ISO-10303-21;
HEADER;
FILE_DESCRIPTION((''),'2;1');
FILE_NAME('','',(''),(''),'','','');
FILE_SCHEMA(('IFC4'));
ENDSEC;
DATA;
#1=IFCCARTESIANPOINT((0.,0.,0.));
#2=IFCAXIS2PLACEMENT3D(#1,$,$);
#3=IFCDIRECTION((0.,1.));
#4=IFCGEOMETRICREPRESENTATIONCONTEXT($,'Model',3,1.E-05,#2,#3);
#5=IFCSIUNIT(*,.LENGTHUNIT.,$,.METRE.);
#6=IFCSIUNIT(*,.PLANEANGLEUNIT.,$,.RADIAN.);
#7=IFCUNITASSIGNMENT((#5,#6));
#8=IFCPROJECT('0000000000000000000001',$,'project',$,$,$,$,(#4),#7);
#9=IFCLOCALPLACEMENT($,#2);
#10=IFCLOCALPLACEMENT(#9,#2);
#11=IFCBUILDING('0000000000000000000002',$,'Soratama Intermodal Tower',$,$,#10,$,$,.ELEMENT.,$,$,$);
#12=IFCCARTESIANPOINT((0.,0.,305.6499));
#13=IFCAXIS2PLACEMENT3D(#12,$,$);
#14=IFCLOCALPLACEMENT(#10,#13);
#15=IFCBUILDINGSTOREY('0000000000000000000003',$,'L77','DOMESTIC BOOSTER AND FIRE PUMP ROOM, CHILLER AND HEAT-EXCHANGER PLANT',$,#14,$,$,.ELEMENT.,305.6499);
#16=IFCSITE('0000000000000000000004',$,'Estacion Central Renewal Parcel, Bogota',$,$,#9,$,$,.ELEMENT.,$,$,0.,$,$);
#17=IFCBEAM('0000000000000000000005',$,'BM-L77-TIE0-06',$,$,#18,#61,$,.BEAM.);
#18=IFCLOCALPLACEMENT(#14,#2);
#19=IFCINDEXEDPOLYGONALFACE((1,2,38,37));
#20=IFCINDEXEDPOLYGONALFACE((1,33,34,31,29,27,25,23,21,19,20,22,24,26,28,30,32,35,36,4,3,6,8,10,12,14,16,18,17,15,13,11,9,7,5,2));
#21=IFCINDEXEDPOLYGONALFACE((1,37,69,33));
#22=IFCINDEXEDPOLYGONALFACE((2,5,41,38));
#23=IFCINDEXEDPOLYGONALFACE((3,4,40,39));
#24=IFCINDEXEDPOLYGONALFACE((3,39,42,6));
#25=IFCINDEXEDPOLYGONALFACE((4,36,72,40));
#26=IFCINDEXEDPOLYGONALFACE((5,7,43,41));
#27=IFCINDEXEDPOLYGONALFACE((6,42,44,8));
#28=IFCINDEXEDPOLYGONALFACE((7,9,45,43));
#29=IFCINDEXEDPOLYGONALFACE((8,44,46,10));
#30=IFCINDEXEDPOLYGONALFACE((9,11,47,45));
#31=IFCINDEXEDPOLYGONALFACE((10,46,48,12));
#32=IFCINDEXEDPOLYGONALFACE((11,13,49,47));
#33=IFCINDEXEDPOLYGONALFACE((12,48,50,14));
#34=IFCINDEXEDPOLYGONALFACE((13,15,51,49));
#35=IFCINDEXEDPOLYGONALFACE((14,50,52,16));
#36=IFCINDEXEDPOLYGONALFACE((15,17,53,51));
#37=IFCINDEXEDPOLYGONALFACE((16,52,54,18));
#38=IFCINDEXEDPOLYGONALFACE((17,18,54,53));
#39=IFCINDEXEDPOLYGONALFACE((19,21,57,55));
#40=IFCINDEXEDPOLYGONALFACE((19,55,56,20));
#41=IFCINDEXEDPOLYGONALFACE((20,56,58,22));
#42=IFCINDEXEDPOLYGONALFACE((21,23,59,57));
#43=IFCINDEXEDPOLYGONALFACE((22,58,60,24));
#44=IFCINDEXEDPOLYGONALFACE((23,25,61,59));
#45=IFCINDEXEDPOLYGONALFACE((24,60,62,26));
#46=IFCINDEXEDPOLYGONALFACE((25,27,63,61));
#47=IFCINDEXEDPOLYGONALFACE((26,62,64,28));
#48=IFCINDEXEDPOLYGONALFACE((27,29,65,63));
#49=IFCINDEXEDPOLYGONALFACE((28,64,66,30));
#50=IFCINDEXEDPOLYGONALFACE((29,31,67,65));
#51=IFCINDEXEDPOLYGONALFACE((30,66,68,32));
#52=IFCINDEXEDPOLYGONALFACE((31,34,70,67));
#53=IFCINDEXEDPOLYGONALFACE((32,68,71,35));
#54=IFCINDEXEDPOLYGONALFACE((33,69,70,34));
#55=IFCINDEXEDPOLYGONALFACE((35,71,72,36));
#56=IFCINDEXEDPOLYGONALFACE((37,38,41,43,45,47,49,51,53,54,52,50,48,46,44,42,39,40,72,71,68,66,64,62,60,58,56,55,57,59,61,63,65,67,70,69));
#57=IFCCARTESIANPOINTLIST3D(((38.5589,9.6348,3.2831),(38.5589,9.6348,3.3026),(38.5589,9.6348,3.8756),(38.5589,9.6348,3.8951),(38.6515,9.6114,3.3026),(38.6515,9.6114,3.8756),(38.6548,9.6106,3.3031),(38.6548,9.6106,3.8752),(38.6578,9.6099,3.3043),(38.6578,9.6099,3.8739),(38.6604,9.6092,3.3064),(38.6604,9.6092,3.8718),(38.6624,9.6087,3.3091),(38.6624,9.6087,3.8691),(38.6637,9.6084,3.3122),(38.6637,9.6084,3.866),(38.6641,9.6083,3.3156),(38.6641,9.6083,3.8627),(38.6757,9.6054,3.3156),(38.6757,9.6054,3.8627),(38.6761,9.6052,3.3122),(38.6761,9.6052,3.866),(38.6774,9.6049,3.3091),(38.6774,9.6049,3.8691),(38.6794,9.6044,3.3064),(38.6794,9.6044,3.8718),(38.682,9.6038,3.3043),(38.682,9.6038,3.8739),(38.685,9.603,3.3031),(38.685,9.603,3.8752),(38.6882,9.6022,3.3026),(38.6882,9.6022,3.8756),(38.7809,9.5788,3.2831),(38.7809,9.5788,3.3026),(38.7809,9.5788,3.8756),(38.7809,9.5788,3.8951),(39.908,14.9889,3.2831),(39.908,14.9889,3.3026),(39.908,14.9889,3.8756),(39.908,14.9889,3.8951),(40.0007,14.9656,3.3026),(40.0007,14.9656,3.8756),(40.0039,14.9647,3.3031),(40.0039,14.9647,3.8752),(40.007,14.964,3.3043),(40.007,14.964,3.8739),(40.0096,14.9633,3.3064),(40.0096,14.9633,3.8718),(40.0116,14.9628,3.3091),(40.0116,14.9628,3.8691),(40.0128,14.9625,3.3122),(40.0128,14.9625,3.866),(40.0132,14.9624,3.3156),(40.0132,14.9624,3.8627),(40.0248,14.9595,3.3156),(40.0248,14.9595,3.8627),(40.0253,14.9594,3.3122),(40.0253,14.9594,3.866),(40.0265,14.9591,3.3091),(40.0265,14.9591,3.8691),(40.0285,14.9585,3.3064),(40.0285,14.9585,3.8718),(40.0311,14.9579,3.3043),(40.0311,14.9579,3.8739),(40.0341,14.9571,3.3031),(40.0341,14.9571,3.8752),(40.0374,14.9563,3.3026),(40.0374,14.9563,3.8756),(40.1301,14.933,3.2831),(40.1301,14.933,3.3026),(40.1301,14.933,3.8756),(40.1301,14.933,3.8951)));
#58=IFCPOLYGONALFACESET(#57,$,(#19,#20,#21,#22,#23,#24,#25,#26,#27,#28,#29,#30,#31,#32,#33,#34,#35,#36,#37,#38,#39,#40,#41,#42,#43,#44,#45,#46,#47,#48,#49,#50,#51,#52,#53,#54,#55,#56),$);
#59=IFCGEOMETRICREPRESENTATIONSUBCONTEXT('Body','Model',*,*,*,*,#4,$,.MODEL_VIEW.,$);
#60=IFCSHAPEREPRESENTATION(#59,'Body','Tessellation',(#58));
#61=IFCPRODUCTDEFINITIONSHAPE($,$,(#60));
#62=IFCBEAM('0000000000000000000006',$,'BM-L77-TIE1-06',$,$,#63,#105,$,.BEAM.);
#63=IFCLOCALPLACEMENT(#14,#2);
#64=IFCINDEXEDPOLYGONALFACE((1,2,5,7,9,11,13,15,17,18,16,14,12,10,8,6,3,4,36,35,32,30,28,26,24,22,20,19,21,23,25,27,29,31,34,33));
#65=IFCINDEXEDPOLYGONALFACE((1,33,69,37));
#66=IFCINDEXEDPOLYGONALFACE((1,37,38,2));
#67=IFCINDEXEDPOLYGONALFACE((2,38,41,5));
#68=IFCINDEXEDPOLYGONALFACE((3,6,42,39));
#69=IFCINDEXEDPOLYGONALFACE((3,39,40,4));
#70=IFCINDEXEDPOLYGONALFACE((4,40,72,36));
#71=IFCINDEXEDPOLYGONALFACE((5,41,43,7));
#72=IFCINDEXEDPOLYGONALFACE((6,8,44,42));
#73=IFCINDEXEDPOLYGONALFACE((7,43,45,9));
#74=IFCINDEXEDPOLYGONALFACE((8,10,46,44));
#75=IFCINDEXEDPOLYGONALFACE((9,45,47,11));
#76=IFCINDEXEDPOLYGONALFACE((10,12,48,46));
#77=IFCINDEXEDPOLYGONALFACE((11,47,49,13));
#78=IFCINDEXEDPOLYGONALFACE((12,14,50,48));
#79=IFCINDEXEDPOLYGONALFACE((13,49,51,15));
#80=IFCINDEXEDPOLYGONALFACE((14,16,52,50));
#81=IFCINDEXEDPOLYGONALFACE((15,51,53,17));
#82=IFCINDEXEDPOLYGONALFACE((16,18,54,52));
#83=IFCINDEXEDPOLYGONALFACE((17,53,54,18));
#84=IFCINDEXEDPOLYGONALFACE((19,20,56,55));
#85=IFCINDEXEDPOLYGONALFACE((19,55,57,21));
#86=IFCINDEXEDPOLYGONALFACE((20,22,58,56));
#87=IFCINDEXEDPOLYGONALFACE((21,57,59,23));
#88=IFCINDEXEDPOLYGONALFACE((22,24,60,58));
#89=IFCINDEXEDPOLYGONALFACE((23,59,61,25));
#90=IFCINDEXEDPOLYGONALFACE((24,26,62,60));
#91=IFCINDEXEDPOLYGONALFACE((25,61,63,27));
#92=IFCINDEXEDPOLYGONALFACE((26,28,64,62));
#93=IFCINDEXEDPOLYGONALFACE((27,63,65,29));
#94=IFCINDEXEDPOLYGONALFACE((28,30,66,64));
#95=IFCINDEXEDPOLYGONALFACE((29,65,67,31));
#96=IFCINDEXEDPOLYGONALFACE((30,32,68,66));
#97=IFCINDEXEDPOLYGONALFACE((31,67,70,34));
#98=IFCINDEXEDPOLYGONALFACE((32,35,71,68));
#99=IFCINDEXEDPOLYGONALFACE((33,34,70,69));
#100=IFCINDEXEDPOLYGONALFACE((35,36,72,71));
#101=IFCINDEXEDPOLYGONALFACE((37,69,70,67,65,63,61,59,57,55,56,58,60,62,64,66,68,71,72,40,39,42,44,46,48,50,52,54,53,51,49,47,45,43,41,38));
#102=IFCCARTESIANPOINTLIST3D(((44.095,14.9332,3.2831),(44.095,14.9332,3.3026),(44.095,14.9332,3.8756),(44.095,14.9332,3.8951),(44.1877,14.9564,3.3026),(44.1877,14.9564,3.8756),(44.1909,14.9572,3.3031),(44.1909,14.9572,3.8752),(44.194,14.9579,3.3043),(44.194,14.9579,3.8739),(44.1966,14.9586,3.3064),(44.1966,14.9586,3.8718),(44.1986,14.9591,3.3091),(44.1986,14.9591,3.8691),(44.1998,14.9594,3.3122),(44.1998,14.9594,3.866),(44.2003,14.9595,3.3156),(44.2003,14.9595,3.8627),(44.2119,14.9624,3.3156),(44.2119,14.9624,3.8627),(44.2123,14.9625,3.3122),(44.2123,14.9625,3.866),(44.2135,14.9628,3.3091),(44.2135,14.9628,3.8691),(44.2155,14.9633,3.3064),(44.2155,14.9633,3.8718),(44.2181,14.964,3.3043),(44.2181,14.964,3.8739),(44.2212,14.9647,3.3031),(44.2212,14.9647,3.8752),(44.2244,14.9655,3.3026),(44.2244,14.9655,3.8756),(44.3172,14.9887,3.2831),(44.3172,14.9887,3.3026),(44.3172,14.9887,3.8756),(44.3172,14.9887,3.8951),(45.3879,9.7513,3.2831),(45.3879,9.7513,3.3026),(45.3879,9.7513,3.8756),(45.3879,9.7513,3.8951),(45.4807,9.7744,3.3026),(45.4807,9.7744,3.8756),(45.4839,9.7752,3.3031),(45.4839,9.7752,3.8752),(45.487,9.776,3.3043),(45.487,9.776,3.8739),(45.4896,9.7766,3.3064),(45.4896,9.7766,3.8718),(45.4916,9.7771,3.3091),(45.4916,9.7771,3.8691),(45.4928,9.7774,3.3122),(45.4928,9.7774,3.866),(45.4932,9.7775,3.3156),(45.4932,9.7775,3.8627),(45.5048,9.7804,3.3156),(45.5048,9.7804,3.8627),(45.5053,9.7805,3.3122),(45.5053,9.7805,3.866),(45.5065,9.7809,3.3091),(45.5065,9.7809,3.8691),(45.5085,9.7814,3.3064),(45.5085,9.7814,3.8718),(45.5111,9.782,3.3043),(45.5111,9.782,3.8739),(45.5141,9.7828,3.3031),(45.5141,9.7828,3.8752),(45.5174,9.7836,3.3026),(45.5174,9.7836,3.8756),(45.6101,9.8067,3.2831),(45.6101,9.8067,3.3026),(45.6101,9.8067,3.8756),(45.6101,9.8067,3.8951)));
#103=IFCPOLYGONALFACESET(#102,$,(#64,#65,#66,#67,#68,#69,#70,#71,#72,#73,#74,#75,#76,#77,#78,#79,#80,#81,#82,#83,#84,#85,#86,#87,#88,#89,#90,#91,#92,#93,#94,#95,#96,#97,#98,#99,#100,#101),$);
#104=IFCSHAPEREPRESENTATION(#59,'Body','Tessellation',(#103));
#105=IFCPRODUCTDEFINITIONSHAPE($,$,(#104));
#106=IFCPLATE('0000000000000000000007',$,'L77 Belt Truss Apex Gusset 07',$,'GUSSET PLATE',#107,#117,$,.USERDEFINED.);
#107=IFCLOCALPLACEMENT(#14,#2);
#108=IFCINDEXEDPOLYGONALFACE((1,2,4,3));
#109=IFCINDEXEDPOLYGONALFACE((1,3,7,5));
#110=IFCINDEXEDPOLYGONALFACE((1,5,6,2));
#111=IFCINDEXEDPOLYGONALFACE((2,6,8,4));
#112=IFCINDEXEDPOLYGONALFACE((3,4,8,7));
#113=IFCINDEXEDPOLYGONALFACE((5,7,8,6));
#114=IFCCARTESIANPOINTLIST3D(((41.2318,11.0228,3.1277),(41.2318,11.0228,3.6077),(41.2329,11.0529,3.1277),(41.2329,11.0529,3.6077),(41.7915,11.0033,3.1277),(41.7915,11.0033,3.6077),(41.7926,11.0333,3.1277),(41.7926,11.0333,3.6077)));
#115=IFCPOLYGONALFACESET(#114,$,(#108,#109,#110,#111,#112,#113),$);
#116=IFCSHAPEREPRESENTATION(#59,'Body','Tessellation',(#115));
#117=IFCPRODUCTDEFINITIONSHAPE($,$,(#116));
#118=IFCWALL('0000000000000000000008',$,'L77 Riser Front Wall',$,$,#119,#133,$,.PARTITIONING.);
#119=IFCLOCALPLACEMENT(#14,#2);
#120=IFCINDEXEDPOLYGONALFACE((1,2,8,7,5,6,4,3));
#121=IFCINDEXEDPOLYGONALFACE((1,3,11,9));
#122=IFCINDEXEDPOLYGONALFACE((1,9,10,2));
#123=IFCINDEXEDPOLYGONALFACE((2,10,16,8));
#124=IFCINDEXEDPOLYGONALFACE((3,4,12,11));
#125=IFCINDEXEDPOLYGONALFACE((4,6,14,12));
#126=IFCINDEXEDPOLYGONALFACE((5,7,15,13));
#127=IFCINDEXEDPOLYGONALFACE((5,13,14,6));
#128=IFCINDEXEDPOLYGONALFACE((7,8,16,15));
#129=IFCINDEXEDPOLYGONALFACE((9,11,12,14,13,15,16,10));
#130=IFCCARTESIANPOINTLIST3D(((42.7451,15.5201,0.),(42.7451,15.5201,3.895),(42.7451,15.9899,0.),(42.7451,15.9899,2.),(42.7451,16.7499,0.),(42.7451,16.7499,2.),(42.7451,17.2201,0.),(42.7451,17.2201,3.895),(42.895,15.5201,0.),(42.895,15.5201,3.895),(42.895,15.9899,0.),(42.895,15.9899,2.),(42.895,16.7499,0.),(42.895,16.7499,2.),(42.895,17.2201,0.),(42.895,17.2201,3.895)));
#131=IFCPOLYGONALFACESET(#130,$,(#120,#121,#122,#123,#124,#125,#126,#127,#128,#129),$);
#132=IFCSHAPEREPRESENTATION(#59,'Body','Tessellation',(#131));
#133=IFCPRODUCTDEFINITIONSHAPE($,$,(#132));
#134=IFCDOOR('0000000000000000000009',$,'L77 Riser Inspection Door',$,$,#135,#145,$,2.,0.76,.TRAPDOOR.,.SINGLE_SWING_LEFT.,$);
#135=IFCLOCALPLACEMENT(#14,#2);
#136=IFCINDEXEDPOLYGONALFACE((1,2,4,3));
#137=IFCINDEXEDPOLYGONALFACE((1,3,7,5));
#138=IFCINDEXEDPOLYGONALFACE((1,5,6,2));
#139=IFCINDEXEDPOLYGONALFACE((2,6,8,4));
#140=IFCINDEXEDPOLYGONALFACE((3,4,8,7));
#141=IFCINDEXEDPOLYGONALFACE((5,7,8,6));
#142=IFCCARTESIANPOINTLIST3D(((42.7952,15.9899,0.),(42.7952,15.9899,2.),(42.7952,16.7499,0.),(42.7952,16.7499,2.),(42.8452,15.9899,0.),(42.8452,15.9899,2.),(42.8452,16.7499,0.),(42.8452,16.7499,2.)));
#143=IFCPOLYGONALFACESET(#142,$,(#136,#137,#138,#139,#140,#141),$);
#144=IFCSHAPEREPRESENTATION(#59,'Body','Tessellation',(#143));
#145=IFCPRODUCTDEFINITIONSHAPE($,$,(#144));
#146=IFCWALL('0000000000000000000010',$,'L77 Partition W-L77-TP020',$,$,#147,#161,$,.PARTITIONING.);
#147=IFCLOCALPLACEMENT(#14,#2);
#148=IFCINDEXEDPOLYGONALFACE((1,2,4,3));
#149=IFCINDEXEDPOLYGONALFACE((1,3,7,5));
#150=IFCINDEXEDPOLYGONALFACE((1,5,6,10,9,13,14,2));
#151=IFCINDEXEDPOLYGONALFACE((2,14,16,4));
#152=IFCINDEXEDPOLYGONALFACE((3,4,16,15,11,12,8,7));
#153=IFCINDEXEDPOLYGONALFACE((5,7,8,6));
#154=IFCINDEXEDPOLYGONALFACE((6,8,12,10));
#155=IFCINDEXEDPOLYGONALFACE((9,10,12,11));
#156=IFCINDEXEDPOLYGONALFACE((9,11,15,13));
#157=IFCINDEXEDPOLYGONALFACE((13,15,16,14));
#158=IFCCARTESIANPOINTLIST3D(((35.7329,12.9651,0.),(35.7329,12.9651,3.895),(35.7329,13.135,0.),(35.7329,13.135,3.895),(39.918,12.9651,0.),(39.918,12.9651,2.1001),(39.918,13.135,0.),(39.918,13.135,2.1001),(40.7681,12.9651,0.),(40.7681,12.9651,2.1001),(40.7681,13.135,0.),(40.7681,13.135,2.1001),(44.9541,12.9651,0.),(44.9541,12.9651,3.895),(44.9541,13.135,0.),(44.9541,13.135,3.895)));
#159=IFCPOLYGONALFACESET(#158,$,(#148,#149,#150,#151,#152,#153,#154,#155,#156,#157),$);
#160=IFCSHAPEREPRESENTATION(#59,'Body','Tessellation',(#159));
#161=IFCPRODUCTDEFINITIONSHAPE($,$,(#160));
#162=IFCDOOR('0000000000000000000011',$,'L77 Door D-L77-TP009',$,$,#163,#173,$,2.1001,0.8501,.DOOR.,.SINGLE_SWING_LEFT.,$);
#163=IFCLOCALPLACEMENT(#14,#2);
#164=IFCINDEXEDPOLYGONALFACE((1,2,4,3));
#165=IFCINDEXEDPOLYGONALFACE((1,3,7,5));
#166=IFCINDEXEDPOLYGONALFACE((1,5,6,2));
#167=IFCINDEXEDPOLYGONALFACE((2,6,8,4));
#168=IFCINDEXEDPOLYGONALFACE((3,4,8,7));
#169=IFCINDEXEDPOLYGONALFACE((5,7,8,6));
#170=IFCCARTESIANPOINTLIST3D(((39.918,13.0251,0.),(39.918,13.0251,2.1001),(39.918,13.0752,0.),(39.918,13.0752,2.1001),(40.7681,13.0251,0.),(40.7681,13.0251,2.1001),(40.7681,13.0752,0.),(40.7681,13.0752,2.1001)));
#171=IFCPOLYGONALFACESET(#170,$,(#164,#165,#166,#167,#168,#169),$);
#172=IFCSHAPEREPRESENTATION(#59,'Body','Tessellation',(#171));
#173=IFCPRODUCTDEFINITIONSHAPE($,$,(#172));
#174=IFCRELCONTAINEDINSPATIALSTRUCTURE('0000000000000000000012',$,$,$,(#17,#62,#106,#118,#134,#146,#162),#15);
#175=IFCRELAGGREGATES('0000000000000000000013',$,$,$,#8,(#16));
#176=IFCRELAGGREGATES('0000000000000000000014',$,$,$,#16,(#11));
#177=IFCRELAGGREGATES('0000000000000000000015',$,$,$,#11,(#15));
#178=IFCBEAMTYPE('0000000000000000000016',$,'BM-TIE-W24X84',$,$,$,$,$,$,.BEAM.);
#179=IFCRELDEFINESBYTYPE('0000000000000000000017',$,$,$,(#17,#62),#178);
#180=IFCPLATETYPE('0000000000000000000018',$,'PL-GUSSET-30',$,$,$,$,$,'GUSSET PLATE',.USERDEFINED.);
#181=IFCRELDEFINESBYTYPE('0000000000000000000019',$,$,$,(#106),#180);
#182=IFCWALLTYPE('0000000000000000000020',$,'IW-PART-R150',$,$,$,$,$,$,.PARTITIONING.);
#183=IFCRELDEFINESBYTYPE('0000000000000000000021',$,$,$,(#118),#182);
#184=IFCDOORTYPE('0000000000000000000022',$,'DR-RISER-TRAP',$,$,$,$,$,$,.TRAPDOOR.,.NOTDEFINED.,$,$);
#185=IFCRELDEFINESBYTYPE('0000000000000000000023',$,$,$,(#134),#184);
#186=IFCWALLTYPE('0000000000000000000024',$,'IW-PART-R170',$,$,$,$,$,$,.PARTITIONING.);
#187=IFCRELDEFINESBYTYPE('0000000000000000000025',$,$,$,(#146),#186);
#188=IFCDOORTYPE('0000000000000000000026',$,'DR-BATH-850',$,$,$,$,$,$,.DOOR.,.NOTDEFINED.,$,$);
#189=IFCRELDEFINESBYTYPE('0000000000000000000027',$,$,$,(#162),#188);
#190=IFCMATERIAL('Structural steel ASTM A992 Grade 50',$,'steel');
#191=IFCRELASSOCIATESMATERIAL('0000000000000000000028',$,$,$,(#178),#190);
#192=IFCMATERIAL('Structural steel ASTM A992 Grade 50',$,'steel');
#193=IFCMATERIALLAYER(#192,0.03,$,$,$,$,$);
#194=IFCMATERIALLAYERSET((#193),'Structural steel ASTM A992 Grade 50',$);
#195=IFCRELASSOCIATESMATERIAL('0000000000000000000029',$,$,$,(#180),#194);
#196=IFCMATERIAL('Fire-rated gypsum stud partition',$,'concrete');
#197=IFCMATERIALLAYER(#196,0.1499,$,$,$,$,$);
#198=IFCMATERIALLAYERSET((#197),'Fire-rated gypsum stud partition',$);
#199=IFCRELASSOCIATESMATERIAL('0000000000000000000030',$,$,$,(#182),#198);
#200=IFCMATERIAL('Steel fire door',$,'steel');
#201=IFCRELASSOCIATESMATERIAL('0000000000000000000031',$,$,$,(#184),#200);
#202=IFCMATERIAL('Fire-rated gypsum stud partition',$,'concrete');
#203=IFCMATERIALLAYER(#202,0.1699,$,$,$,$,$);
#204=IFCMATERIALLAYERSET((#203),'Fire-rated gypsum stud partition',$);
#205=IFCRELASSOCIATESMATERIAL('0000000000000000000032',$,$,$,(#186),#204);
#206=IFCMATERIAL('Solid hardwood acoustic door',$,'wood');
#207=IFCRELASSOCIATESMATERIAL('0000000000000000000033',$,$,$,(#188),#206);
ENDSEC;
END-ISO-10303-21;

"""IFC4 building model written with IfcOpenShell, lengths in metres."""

from ifc_helpers import new_model, si_unit, direction, frame, frame_2d, origin, origin_2d, place, context, subcontext, project, spatial, rectangle, i_section, extrude, material, layer, layer_set, material_profile, profile_set, type_object, element, fill, save


model = new_model("IFC4")

# Units and contexts
model_context = context("Model", 3, precision=1e-05, world=origin(), true_north=direction((0.0, 1.0)))
body_context = subcontext(model_context, "Body", "Model", "MODEL_VIEW")
ifc_project = project(units=[si_unit("LENGTHUNIT", "METRE"), si_unit("PLANEANGLEUNIT", "RADIAN")], contexts=[model_context])

# Site, building, storey
site_placement = place(None, origin())
site = spatial("IfcSite", under=ifc_project, at=site_placement, Name="Estacion Central Renewal Parcel, Bogota", CompositionType="ELEMENT", RefElevation=0.0)
building_placement = place(site_placement, origin())
building = spatial("IfcBuilding", under=site, at=building_placement, Name="Soratama Intermodal Tower", CompositionType="ELEMENT")
storey_placement = place(building_placement, frame((0.0, 0.0, 305.6499)))
storey = spatial("IfcBuildingStorey", under=building, at=storey_placement, Name="L77", Description="DOMESTIC BOOSTER AND FIRE PUMP ROOM, CHILLER AND HEAT-EXCHANGER PLANT", CompositionType="ELEMENT", Elevation=305.6499)

# Beams
ifc_material_1 = material(Name="Structural steel ASTM A992 Grade 50", Category="steel")
ifc_material_profile_1 = material_profile(ifc_material_1, i_section(OverallWidth=0.229, OverallDepth=0.6121, WebThickness=0.012, FlangeThickness=0.0195, FilletRadius=0.0129, at=origin_2d()), Name="W24X84")
ifc_profile_set_1 = profile_set([ifc_material_profile_1], Name="Structural steel ASTM A992 Grade 50")
beam_type_1 = type_object("IfcBeamType", Name="BM-TIE-W24X84", PredefinedType="BEAM", material=ifc_profile_set_1)
beam_1_placement = place(storey_placement, frame((40.019, 14.9609, 3.5891), z_axis=(-0.244346, -0.969688, 0.0), x_axis=(0.969688, -0.244346, 0.0)))
element("IfcBeam", 1, at=beam_1_placement, inside=storey, type_object=beam_type_1, Name="BM-L77-TIE0-06", PredefinedType="BEAM", context=body_context, shape_type="SweptSolid", body=[
    extrude(i_section(OverallWidth=0.229, OverallDepth=0.6121, WebThickness=0.012, FlangeThickness=0.0195, FilletRadius=0.0129, at=origin_2d()), origin(), (0.0, 0.0, 1.0), 5.5215),
])
beam_2_placement = place(storey_placement, frame((44.2061, 14.9609, 3.5891), z_axis=(0.242095, -0.970253, 0.0), x_axis=(0.970253, 0.242095, 0.0)))
element("IfcBeam", 2, at=beam_2_placement, inside=storey, type_object=beam_type_1, Name="BM-L77-TIE1-06", PredefinedType="BEAM", context=body_context, shape_type="SweptSolid", body=[
    extrude(i_section(OverallWidth=0.229, OverallDepth=0.6121, WebThickness=0.012, FlangeThickness=0.0195, FilletRadius=0.0129, at=origin_2d()), origin(), (0.0, 0.0, 1.0), 5.3408),
])

# Plate
ifc_material_2 = material(Name="Structural steel ASTM A992 Grade 50", Category="steel")
ifc_layer_1 = layer(ifc_material_2, 0.03)
ifc_layer_set_1 = layer_set([ifc_layer_1], Name="Structural steel ASTM A992 Grade 50")
plate_type = type_object("IfcPlateType", Name="PL-GUSSET-30", ElementType="GUSSET PLATE", PredefinedType="USERDEFINED", material=ifc_layer_set_1)
plate_placement = place(storey_placement, frame((41.5122, 11.0281, 3.1277), z_axis=(0.0, 0.0, 1.0), x_axis=(0.999391, -0.034899, 0.0)))
element("IfcPlate", 3, at=plate_placement, inside=storey, type_object=plate_type, Name="L77 Belt Truss Apex Gusset 07", ObjectType="GUSSET PLATE", PredefinedType="USERDEFINED", context=body_context, shape_type="SweptSolid", body=[
    extrude(rectangle(XDim=0.5601, YDim=0.03, at=origin_2d()), origin(), (0.0, 0.0, 1.0), 0.48),
])

# Walls, openings, doors
ifc_material_3 = material(Name="Fire-rated gypsum stud partition", Category="concrete")
ifc_layer_2 = layer(ifc_material_3, 0.1499)
ifc_layer_set_2 = layer_set([ifc_layer_2], Name="Fire-rated gypsum stud partition")
wall_type_1 = type_object("IfcWallType", Name="IW-PART-R150", PredefinedType="PARTITIONING", material=ifc_layer_set_2)
wall_1_placement = place(storey_placement, frame((42.8201, 15.52, 0.0), z_axis=(0.0, 0.0, 1.0), x_axis=(0.0, 1.0, 0.0)))
wall_1 = element("IfcWall", 4, at=wall_1_placement, inside=storey, type_object=wall_type_1, Name="L77 Riser Front Wall", PredefinedType="PARTITIONING", context=body_context, shape_type="SweptSolid", body=[
    extrude(rectangle(XDim=1.7, YDim=0.1499, at=frame_2d((0.8501, 0.0))), origin(), (0.0, 0.0, 1.0), 3.895),
])
opening_1_placement = place(wall_1_placement, frame((0.47, 0.0, 0.0)))
opening_1 = element("IfcOpeningElement", 5, at=opening_1_placement, cuts=wall_1, PredefinedType="OPENING", context=body_context, shape_type="SweptSolid", body=[
    extrude(rectangle(XDim=0.76, YDim=2.0, at=frame_2d((0.3799, 1.0))), frame((0.0, 0.085, 0.0), z_axis=(0.0, -1.0, 0.0), x_axis=(1.0, 0.0, 0.0)), (0.0, 0.0, 1.0), 0.1699),
])
ifc_material_4 = material(Name="Steel fire door", Category="steel")
door_type_1 = type_object("IfcDoorType", Name="DR-RISER-TRAP", OperationType="NOTDEFINED", PredefinedType="TRAPDOOR", material=ifc_material_4)
door_1_placement = place(opening_1_placement, origin())
door_1 = element("IfcDoor", 6, at=door_1_placement, inside=storey, type_object=door_type_1, Name="L77 Riser Inspection Door", OperationType="SINGLE_SWING_LEFT", OverallHeight=2.0, OverallWidth=0.76, PredefinedType="TRAPDOOR", context=body_context, shape_type="SweptSolid", body=[
    extrude(rectangle(XDim=0.76, YDim=2.0, at=frame_2d((0.3799, 1.0))), frame((0.0, 0.0249, 0.0), z_axis=(0.0, -1.0, 0.0), x_axis=(1.0, 0.0, 0.0)), (0.0, 0.0, 1.0), 0.05),
])
fill(opening_1, door_1)
ifc_material_5 = material(Name="Fire-rated gypsum stud partition", Category="concrete")
ifc_layer_3 = layer(ifc_material_5, 0.1699)
ifc_layer_set_3 = layer_set([ifc_layer_3], Name="Fire-rated gypsum stud partition")
wall_type_2 = type_object("IfcWallType", Name="IW-PART-R170", PredefinedType="PARTITIONING", material=ifc_layer_set_3)
wall_2_placement = place(storey_placement, frame((44.9541, 13.05, 0.0), z_axis=(0.0, 0.0, 1.0), x_axis=(-1.0, 0.0, 0.0)))
wall_2 = element("IfcWall", 7, at=wall_2_placement, inside=storey, type_object=wall_type_2, Name="L77 Partition W-L77-TP020", PredefinedType="PARTITIONING", context=body_context, shape_type="SweptSolid", body=[
    extrude(rectangle(XDim=9.2212, YDim=0.1699, at=frame_2d((4.6106, 0.0))), origin(), (0.0, 0.0, 1.0), 3.895),
])
opening_2_placement = place(wall_2_placement, frame((4.186, 0.0, 0.0)))
opening_2 = element("IfcOpeningElement", 8, at=opening_2_placement, cuts=wall_2, PredefinedType="OPENING", context=body_context, shape_type="SweptSolid", body=[
    extrude(rectangle(XDim=0.8501, YDim=2.1001, at=frame_2d((0.425, 1.05))), frame((0.0, 0.095, 0.0), z_axis=(0.0, -1.0, 0.0), x_axis=(1.0, 0.0, 0.0)), (0.0, 0.0, 1.0), 0.1899),
])
ifc_material_6 = material(Name="Solid hardwood acoustic door", Category="wood")
door_type_2 = type_object("IfcDoorType", Name="DR-BATH-850", OperationType="NOTDEFINED", PredefinedType="DOOR", material=ifc_material_6)
door_2_placement = place(opening_2_placement, origin())
door_2 = element("IfcDoor", 9, at=door_2_placement, inside=storey, type_object=door_type_2, Name="L77 Door D-L77-TP009", OperationType="SINGLE_SWING_LEFT", OverallHeight=2.1001, OverallWidth=0.8501, PredefinedType="DOOR", context=body_context, shape_type="SweptSolid", body=[
    extrude(rectangle(XDim=0.8501, YDim=2.1001, at=frame_2d((0.425, 1.05))), frame((0.0, 0.0249, 0.0), z_axis=(0.0, -1.0, 0.0), x_axis=(1.0, 0.0, 0.0)), (0.0, 0.0, 1.0), 0.05),
])
fill(opening_2, door_2)

save(model, "model.ifc")
